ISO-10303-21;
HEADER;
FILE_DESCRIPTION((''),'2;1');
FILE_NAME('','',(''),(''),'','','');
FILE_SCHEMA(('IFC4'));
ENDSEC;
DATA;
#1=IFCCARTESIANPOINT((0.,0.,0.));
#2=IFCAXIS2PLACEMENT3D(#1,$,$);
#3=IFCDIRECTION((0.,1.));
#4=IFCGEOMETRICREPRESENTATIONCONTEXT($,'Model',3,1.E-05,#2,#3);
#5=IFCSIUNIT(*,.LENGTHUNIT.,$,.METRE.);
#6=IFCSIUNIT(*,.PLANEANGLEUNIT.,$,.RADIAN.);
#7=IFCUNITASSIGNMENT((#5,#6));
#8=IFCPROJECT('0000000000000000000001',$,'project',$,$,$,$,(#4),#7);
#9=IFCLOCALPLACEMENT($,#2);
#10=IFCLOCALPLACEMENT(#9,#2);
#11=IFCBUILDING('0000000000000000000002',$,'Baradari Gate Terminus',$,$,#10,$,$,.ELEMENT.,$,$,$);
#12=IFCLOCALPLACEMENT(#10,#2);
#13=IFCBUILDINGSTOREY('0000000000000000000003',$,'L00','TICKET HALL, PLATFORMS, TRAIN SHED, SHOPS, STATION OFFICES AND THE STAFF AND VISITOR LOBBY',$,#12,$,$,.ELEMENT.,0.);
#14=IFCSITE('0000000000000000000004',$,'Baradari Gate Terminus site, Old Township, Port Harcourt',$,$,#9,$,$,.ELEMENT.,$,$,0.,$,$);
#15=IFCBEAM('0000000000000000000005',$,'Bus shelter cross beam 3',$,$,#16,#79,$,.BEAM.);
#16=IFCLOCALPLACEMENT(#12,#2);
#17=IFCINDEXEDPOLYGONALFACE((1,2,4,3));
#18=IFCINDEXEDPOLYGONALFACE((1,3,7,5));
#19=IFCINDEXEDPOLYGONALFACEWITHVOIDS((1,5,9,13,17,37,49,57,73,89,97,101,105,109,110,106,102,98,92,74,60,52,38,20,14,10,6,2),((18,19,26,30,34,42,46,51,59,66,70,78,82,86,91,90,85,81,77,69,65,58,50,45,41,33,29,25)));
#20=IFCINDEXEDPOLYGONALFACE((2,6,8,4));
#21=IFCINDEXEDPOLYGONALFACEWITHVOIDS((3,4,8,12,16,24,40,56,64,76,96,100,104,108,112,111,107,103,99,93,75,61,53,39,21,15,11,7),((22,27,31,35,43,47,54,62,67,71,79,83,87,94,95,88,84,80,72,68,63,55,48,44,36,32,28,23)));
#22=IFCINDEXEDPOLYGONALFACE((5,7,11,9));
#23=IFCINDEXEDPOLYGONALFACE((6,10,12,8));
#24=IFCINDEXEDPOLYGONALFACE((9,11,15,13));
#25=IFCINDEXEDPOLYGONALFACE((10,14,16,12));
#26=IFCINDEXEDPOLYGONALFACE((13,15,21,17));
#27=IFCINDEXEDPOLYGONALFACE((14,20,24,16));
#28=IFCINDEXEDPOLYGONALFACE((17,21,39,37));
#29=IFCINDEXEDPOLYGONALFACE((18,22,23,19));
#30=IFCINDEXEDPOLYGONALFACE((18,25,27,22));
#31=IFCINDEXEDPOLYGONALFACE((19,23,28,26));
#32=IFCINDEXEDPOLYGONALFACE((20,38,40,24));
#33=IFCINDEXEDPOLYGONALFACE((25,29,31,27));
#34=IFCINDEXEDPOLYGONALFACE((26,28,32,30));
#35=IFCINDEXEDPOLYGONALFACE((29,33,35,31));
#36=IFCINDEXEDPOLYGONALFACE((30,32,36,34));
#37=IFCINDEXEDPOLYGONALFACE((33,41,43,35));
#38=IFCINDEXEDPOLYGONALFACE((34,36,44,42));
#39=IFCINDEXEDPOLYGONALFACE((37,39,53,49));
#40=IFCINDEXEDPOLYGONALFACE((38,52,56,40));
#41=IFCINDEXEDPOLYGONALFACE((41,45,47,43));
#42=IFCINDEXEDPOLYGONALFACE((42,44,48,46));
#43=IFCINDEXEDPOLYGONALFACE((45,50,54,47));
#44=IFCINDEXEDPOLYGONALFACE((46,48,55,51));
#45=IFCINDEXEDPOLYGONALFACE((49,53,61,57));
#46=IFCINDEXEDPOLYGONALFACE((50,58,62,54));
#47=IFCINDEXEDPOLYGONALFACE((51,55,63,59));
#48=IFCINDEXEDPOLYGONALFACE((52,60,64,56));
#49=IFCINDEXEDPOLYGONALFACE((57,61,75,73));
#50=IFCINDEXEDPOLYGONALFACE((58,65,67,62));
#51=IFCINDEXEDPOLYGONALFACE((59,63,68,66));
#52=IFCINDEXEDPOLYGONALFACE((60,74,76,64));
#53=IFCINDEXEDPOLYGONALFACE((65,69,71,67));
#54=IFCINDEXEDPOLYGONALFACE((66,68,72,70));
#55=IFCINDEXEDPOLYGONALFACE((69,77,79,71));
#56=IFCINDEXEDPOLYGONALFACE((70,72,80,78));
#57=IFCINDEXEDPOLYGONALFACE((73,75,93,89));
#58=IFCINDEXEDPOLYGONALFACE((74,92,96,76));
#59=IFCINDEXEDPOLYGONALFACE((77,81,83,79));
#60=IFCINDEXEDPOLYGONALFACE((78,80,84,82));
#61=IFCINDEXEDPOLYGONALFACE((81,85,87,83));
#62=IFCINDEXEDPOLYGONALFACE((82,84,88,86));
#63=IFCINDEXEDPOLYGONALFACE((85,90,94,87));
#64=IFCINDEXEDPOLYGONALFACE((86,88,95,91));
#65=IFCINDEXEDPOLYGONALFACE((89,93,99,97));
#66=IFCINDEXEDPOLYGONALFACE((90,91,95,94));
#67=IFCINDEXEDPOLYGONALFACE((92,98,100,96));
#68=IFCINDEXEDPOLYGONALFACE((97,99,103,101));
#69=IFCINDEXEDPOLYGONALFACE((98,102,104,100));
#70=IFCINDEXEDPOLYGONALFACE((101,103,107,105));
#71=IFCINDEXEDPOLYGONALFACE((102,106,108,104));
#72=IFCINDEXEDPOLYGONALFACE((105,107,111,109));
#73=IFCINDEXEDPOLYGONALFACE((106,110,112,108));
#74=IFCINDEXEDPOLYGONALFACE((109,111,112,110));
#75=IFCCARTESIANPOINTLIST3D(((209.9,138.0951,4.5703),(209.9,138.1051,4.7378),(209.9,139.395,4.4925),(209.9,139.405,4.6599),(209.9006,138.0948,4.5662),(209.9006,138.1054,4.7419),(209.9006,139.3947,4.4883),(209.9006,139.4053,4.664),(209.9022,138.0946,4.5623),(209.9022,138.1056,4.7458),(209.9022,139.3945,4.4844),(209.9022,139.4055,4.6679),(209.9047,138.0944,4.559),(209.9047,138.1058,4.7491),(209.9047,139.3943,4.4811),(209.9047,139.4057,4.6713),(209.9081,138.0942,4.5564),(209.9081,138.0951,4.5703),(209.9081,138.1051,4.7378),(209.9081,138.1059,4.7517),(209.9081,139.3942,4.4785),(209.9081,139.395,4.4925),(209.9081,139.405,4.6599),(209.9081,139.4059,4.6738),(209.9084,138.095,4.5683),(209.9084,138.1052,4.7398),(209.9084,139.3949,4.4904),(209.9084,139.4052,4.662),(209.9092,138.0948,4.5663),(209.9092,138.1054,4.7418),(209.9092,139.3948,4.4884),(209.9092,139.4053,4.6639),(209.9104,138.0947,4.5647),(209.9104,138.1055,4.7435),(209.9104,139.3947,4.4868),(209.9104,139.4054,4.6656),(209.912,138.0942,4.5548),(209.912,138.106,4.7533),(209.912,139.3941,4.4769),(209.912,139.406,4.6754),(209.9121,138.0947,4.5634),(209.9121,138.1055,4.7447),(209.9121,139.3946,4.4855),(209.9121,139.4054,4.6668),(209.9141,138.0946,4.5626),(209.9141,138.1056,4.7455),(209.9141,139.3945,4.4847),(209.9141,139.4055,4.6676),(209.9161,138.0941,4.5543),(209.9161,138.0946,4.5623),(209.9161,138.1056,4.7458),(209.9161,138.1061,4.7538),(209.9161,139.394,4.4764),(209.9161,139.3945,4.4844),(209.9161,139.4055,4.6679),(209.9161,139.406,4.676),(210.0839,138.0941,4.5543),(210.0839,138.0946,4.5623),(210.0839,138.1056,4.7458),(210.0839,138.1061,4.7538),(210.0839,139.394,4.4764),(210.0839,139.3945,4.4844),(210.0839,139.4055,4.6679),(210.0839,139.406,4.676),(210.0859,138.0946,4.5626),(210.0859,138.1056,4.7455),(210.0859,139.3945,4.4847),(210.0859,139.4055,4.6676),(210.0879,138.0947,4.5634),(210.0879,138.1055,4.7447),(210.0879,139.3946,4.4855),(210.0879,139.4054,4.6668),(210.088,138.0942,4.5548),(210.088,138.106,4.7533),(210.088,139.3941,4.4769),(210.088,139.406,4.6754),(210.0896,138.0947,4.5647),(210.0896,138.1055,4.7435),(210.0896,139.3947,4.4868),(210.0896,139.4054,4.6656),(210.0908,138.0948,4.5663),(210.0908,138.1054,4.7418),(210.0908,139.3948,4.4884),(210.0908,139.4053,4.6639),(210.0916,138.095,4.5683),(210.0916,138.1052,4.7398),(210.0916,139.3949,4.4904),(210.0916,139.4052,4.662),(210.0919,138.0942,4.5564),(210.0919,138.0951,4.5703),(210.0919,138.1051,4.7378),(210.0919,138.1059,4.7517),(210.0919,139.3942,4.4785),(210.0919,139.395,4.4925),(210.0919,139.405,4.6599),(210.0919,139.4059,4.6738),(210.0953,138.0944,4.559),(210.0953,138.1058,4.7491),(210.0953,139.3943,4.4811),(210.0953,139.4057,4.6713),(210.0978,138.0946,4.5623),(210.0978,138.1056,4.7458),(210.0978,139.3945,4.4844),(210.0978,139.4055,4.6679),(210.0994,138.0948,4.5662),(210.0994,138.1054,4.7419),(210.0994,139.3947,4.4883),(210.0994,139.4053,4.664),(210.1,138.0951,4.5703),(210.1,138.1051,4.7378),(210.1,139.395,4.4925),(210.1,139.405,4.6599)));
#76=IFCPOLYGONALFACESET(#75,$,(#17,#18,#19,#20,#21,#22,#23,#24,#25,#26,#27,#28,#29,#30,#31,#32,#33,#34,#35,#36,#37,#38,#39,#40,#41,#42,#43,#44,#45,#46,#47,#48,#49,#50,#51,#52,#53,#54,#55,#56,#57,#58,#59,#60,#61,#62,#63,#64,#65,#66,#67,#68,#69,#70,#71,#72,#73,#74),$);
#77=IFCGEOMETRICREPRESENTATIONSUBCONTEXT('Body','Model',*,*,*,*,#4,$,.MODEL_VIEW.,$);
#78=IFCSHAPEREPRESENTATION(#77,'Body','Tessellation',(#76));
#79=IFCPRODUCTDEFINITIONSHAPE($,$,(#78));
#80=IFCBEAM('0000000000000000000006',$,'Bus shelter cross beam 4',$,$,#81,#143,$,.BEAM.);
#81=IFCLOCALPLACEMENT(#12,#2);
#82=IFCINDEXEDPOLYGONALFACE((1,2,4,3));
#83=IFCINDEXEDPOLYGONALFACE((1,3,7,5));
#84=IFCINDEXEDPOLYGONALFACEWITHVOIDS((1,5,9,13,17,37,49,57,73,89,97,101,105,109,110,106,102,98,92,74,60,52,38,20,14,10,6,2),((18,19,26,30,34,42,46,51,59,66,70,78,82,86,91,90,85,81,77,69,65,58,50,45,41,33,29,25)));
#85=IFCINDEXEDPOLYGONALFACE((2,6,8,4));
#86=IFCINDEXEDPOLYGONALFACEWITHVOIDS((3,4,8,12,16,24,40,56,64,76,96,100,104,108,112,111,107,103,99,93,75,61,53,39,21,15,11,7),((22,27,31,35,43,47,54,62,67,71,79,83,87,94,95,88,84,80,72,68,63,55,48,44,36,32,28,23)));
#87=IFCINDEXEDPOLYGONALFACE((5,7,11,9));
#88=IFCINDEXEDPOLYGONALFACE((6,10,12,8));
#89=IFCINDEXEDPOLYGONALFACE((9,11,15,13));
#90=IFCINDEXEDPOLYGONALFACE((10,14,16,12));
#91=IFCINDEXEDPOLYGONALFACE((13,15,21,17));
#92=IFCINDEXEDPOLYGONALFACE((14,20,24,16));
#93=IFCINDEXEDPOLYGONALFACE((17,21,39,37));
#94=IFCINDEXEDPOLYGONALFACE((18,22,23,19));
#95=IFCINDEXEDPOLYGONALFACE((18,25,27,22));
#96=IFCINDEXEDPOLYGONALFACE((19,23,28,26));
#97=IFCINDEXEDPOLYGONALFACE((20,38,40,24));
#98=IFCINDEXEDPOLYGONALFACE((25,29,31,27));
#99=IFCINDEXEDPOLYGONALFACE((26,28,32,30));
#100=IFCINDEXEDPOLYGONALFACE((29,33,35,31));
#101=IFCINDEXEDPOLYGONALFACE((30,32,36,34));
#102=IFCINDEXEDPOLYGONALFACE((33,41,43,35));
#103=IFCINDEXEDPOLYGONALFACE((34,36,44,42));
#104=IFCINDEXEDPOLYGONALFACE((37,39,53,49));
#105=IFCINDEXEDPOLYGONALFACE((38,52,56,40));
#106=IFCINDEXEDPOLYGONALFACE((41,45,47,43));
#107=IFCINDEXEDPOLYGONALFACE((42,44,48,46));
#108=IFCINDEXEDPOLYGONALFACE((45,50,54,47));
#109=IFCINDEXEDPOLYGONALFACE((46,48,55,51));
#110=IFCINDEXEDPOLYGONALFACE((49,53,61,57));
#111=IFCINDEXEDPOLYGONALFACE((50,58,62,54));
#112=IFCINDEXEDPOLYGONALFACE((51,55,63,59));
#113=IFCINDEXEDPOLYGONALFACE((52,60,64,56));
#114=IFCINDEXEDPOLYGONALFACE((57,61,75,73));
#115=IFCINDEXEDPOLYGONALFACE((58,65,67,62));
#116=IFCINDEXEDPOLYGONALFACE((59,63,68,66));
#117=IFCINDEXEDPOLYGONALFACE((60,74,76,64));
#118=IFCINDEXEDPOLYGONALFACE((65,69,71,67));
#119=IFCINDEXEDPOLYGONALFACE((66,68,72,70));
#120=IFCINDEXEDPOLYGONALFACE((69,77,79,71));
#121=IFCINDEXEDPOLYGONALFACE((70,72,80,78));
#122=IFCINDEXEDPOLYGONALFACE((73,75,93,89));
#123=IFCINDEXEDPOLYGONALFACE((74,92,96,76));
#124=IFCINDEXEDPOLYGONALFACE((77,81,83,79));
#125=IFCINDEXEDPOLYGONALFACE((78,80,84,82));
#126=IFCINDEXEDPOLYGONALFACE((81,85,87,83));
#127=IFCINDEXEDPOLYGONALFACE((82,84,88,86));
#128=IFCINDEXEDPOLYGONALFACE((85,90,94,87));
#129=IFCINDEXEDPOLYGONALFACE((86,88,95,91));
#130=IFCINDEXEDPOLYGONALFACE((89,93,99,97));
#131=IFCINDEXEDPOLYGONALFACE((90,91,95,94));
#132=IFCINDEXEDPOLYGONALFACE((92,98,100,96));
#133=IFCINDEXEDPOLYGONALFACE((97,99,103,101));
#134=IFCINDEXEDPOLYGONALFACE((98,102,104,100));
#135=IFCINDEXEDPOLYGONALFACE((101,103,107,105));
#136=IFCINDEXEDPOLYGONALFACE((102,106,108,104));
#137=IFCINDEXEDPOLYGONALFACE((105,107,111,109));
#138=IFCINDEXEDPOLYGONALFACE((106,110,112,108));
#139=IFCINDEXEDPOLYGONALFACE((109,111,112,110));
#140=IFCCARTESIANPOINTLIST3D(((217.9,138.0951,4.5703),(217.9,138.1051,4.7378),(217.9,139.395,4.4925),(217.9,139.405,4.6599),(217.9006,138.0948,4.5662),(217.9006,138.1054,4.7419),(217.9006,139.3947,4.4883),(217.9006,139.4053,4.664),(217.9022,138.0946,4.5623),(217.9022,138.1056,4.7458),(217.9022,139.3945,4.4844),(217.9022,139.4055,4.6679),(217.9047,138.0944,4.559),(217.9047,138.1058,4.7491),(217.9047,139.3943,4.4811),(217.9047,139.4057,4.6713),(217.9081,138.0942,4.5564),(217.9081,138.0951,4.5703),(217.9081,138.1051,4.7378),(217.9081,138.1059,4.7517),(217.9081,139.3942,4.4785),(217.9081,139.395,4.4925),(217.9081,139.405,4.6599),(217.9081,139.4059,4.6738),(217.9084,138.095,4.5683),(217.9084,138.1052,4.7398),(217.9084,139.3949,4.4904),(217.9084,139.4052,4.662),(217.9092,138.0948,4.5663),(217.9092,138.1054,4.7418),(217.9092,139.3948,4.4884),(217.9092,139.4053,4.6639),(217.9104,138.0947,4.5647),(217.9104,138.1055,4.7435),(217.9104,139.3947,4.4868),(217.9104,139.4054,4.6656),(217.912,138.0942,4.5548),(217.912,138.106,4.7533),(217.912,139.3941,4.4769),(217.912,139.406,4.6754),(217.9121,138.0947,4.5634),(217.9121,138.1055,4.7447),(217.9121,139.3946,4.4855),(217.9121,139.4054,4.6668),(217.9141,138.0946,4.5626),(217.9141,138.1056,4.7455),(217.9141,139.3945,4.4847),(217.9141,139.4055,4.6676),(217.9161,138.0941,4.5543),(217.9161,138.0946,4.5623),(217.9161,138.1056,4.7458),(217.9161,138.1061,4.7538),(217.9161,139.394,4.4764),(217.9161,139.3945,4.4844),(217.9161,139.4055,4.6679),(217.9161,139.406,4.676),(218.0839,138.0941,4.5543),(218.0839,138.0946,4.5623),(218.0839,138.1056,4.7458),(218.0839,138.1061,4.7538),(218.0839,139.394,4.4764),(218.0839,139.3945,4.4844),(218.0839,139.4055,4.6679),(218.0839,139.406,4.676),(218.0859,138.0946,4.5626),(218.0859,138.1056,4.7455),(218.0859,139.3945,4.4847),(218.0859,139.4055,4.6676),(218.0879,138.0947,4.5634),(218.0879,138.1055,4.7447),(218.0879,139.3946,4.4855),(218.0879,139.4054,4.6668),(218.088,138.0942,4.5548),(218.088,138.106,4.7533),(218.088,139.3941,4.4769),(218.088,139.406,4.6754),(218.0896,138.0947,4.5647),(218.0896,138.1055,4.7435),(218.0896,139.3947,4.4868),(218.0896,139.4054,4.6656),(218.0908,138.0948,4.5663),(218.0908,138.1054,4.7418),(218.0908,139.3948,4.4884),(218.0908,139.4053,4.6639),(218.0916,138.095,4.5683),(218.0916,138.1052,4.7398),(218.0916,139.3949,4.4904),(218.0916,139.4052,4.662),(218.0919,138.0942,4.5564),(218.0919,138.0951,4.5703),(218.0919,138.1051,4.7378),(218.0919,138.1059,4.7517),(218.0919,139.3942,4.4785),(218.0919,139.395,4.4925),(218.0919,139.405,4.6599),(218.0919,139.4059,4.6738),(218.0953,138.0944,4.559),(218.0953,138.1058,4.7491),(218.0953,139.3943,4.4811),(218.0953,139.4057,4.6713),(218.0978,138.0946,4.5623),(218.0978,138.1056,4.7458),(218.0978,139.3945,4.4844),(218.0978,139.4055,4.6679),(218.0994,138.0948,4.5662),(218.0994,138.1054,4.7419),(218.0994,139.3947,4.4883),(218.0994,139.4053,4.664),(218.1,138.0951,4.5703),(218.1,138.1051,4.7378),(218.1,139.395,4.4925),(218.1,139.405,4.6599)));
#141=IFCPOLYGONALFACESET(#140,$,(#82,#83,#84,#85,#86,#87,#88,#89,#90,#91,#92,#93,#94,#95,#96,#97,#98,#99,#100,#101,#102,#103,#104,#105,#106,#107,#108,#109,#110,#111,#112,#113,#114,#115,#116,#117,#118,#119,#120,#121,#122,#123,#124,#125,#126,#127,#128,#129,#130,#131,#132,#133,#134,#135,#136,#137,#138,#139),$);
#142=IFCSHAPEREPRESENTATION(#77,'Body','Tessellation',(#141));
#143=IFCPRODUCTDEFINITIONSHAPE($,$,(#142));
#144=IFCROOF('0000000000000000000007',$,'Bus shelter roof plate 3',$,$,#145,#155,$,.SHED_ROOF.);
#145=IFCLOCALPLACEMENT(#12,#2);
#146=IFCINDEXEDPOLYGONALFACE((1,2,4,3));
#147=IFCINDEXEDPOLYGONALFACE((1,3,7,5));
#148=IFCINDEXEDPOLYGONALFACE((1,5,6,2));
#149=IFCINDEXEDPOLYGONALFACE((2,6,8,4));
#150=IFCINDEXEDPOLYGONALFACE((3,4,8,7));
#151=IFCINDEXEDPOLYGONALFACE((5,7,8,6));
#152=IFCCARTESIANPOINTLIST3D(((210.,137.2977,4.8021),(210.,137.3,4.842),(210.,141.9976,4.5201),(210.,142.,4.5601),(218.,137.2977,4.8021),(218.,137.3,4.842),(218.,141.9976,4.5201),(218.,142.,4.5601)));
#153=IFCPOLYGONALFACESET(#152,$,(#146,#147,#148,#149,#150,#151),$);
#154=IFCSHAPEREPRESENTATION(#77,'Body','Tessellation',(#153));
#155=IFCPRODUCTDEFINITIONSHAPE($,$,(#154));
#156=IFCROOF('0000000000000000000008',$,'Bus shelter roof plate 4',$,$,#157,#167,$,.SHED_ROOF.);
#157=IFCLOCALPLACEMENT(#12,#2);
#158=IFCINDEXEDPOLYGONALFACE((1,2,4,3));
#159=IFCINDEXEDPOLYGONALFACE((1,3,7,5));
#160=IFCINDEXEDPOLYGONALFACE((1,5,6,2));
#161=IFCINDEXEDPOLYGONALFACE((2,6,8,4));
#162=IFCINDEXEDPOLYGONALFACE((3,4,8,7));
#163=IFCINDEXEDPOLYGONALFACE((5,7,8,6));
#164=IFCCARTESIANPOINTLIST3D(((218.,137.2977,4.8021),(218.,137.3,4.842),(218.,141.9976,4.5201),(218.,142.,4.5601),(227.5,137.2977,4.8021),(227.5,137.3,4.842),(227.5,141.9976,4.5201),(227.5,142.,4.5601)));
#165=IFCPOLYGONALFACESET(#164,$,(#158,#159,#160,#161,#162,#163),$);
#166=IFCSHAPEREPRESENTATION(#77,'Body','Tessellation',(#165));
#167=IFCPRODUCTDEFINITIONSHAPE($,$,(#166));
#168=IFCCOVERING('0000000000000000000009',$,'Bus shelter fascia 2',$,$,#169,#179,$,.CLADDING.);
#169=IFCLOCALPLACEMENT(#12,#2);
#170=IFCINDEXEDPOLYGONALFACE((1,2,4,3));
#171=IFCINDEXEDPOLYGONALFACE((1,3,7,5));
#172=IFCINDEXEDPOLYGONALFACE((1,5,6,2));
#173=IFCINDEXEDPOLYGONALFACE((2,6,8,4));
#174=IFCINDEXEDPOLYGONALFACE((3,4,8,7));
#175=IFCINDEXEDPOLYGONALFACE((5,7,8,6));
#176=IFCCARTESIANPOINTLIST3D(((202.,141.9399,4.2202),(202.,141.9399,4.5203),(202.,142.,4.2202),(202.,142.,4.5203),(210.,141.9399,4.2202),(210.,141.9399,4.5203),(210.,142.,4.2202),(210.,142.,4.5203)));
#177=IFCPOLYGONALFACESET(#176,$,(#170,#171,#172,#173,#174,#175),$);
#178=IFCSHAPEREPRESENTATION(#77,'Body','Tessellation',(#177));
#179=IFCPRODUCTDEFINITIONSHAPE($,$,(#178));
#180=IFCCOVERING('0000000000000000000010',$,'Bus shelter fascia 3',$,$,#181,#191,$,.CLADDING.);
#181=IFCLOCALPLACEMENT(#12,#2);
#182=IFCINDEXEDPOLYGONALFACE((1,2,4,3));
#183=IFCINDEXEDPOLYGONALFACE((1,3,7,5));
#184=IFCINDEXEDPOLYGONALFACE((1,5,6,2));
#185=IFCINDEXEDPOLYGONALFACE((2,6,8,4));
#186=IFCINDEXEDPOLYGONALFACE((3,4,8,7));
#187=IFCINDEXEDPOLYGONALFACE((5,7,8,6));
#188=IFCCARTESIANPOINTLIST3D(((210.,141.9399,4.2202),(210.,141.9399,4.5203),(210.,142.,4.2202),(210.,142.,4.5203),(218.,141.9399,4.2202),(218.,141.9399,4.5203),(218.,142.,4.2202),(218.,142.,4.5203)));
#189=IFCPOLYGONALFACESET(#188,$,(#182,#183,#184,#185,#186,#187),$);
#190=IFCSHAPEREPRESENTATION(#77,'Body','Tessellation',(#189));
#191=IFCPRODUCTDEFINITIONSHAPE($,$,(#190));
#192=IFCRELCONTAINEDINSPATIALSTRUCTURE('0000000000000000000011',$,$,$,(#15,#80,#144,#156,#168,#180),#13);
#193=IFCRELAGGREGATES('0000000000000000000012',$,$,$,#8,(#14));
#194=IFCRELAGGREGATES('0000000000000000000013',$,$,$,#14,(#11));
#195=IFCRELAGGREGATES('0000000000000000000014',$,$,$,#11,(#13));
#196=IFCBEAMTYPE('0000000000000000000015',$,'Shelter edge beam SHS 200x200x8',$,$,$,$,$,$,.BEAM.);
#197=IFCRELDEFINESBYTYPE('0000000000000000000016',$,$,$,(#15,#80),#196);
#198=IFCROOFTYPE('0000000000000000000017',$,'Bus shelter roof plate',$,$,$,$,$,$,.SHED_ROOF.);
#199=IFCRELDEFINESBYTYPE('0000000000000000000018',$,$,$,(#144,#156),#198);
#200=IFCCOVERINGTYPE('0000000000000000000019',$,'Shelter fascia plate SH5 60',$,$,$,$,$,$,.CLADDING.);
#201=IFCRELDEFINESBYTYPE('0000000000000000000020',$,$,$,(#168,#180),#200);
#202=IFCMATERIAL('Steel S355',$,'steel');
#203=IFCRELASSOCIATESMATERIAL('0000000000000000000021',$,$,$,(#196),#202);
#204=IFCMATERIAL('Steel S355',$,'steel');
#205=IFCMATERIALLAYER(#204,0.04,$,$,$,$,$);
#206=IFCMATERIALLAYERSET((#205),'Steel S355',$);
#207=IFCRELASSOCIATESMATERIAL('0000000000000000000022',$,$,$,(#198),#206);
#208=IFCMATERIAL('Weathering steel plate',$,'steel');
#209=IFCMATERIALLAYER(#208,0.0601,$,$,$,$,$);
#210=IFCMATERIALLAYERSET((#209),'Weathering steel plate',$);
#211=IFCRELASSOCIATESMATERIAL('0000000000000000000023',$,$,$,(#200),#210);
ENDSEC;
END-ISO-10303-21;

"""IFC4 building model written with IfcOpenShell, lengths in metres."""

from ifc_helpers import new_model, si_unit, direction, frame, origin, origin_2d, place, context, subcontext, project, spatial, polyline, rectangle, hollow_rectangle, outline, extrude, material, layer, layer_set, material_profile, profile_set, type_object, element, save


model = new_model("IFC4")

# Units and contexts
model_context = context("Model", 3, precision=1e-05, world=origin(), true_north=direction((0.0, 1.0)))
body_context = subcontext(model_context, "Body", "Model", "MODEL_VIEW")
ifc_project = project(units=[si_unit("LENGTHUNIT", "METRE"), si_unit("PLANEANGLEUNIT", "RADIAN")], contexts=[model_context])

# Site, building, storey
site_placement = place(None, origin())
site = spatial("IfcSite", under=ifc_project, at=site_placement, Name="Baradari Gate Terminus site, Old Township, Port Harcourt", CompositionType="ELEMENT", RefElevation=0.0)
building_placement = place(site_placement, origin())
building = spatial("IfcBuilding", under=site, at=building_placement, Name="Baradari Gate Terminus", CompositionType="ELEMENT")
storey_placement = place(building_placement, origin())
storey = spatial("IfcBuildingStorey", under=building, at=storey_placement, Name="L00", Description="TICKET HALL, PLATFORMS, TRAIN SHED, SHOPS, STATION OFFICES AND THE STAFF AND VISITOR LOBBY", CompositionType="ELEMENT", Elevation=0.0)

# Beams
ifc_material_1 = material(Name="Steel S355", Category="steel")
ifc_material_profile_1 = material_profile(ifc_material_1, hollow_rectangle(XDim=0.2, YDim=0.2, WallThickness=0.0081, InnerFilletRadius=0.0081, OuterFilletRadius=0.0161, at=origin_2d()), Name="SHS 200x200x8")
ifc_profile_set_1 = profile_set([ifc_material_profile_1], Name="Steel S355")
beam_type = type_object("IfcBeamType", Name="Shelter edge beam SHS 200x200x8", PredefinedType="BEAM", material=ifc_profile_set_1)
for number, where, z_axis, x_axis, name in (
    (1, (210.0, 138.1001, 4.6541), (0.0, 0.99821, -0.05981), (-1.0, 0.0, 0.0), "Bus shelter cross beam 3"),
    (2, (218.0, 138.1001, 4.6541), (0.0, 0.99821, -0.05981), (-1.0, 0.0, 0.0), "Bus shelter cross beam 4"),
):
    element("IfcBeam", number, at=place(storey_placement, frame(where, z_axis=z_axis, x_axis=x_axis)), inside=storey, type_object=beam_type, Name=name, PredefinedType="BEAM", context=body_context, shape_type="SweptSolid", body=[
        extrude(hollow_rectangle(XDim=0.2, YDim=0.2, WallThickness=0.0081, InnerFilletRadius=0.0081, OuterFilletRadius=0.0161, at=origin_2d()), origin(), (0.0, 0.0, 1.0), 1.3022),
    ])

# Roofs
ifc_material_2 = material(Name="Steel S355", Category="steel")
ifc_layer_1 = layer(ifc_material_2, 0.04)
ifc_layer_set_1 = layer_set([ifc_layer_1], Name="Steel S355")
roof_type = type_object("IfcRoofType", Name="Bus shelter roof plate", PredefinedType="SHED_ROOF", material=ifc_layer_set_1)
roof_1_placement = place(storey_placement, frame((210.0, 137.3, 4.842), z_axis=(0.0, 0.059889, 0.998205), x_axis=(1.0, 0.0, 0.0)))
element("IfcRoof", 3, at=roof_1_placement, inside=storey, type_object=roof_type, Name="Bus shelter roof plate 3", PredefinedType="SHED_ROOF", context=body_context, shape_type="SweptSolid", body=[
    extrude(outline(polyline([(0.0, 0.0), (8.0, 0.0), (8.0, 4.7084), (0.0, 4.7084), (0.0, 0.0)])), origin(), (0.0, 0.0, -1.0), 0.04),
])
roof_2_placement = place(storey_placement, frame((218.0, 137.3, 4.842), z_axis=(0.0, 0.059889, 0.998205), x_axis=(1.0, 0.0, 0.0)))
element("IfcRoof", 4, at=roof_2_placement, inside=storey, type_object=roof_type, Name="Bus shelter roof plate 4", PredefinedType="SHED_ROOF", context=body_context, shape_type="SweptSolid", body=[
    extrude(outline(polyline([(0.0, 0.0), (9.5, 0.0), (9.5, 4.7084), (0.0, 4.7084), (0.0, 0.0)])), origin(), (0.0, 0.0, -1.0), 0.04),
])

# Coverings
ifc_material_3 = material(Name="Weathering steel plate", Category="steel")
ifc_layer_2 = layer(ifc_material_3, 0.0601)
ifc_layer_set_2 = layer_set([ifc_layer_2], Name="Weathering steel plate")
covering_type = type_object("IfcCoveringType", Name="Shelter fascia plate SH5 60", PredefinedType="CLADDING", material=ifc_layer_set_2)
for number, where, z_axis, x_axis, name in (
    (5, (206.0, 141.97, 4.2202), (0.0, 0.0, 1.0), (1.0, 0.0, 0.0), "Bus shelter fascia 2"),
    (6, (214.0, 141.97, 4.2202), (0.0, 0.0, 1.0), (1.0, 0.0, 0.0), "Bus shelter fascia 3"),
):
    element("IfcCovering", number, at=place(storey_placement, frame(where, z_axis=z_axis, x_axis=x_axis)), inside=storey, type_object=covering_type, Name=name, PredefinedType="CLADDING", context=body_context, shape_type="SweptSolid", body=[
        extrude(rectangle(XDim=8.0, YDim=0.0601, at=origin_2d()), origin(), (0.0, 0.0, 1.0), 0.3),
    ])

save(model, "model.ifc")
